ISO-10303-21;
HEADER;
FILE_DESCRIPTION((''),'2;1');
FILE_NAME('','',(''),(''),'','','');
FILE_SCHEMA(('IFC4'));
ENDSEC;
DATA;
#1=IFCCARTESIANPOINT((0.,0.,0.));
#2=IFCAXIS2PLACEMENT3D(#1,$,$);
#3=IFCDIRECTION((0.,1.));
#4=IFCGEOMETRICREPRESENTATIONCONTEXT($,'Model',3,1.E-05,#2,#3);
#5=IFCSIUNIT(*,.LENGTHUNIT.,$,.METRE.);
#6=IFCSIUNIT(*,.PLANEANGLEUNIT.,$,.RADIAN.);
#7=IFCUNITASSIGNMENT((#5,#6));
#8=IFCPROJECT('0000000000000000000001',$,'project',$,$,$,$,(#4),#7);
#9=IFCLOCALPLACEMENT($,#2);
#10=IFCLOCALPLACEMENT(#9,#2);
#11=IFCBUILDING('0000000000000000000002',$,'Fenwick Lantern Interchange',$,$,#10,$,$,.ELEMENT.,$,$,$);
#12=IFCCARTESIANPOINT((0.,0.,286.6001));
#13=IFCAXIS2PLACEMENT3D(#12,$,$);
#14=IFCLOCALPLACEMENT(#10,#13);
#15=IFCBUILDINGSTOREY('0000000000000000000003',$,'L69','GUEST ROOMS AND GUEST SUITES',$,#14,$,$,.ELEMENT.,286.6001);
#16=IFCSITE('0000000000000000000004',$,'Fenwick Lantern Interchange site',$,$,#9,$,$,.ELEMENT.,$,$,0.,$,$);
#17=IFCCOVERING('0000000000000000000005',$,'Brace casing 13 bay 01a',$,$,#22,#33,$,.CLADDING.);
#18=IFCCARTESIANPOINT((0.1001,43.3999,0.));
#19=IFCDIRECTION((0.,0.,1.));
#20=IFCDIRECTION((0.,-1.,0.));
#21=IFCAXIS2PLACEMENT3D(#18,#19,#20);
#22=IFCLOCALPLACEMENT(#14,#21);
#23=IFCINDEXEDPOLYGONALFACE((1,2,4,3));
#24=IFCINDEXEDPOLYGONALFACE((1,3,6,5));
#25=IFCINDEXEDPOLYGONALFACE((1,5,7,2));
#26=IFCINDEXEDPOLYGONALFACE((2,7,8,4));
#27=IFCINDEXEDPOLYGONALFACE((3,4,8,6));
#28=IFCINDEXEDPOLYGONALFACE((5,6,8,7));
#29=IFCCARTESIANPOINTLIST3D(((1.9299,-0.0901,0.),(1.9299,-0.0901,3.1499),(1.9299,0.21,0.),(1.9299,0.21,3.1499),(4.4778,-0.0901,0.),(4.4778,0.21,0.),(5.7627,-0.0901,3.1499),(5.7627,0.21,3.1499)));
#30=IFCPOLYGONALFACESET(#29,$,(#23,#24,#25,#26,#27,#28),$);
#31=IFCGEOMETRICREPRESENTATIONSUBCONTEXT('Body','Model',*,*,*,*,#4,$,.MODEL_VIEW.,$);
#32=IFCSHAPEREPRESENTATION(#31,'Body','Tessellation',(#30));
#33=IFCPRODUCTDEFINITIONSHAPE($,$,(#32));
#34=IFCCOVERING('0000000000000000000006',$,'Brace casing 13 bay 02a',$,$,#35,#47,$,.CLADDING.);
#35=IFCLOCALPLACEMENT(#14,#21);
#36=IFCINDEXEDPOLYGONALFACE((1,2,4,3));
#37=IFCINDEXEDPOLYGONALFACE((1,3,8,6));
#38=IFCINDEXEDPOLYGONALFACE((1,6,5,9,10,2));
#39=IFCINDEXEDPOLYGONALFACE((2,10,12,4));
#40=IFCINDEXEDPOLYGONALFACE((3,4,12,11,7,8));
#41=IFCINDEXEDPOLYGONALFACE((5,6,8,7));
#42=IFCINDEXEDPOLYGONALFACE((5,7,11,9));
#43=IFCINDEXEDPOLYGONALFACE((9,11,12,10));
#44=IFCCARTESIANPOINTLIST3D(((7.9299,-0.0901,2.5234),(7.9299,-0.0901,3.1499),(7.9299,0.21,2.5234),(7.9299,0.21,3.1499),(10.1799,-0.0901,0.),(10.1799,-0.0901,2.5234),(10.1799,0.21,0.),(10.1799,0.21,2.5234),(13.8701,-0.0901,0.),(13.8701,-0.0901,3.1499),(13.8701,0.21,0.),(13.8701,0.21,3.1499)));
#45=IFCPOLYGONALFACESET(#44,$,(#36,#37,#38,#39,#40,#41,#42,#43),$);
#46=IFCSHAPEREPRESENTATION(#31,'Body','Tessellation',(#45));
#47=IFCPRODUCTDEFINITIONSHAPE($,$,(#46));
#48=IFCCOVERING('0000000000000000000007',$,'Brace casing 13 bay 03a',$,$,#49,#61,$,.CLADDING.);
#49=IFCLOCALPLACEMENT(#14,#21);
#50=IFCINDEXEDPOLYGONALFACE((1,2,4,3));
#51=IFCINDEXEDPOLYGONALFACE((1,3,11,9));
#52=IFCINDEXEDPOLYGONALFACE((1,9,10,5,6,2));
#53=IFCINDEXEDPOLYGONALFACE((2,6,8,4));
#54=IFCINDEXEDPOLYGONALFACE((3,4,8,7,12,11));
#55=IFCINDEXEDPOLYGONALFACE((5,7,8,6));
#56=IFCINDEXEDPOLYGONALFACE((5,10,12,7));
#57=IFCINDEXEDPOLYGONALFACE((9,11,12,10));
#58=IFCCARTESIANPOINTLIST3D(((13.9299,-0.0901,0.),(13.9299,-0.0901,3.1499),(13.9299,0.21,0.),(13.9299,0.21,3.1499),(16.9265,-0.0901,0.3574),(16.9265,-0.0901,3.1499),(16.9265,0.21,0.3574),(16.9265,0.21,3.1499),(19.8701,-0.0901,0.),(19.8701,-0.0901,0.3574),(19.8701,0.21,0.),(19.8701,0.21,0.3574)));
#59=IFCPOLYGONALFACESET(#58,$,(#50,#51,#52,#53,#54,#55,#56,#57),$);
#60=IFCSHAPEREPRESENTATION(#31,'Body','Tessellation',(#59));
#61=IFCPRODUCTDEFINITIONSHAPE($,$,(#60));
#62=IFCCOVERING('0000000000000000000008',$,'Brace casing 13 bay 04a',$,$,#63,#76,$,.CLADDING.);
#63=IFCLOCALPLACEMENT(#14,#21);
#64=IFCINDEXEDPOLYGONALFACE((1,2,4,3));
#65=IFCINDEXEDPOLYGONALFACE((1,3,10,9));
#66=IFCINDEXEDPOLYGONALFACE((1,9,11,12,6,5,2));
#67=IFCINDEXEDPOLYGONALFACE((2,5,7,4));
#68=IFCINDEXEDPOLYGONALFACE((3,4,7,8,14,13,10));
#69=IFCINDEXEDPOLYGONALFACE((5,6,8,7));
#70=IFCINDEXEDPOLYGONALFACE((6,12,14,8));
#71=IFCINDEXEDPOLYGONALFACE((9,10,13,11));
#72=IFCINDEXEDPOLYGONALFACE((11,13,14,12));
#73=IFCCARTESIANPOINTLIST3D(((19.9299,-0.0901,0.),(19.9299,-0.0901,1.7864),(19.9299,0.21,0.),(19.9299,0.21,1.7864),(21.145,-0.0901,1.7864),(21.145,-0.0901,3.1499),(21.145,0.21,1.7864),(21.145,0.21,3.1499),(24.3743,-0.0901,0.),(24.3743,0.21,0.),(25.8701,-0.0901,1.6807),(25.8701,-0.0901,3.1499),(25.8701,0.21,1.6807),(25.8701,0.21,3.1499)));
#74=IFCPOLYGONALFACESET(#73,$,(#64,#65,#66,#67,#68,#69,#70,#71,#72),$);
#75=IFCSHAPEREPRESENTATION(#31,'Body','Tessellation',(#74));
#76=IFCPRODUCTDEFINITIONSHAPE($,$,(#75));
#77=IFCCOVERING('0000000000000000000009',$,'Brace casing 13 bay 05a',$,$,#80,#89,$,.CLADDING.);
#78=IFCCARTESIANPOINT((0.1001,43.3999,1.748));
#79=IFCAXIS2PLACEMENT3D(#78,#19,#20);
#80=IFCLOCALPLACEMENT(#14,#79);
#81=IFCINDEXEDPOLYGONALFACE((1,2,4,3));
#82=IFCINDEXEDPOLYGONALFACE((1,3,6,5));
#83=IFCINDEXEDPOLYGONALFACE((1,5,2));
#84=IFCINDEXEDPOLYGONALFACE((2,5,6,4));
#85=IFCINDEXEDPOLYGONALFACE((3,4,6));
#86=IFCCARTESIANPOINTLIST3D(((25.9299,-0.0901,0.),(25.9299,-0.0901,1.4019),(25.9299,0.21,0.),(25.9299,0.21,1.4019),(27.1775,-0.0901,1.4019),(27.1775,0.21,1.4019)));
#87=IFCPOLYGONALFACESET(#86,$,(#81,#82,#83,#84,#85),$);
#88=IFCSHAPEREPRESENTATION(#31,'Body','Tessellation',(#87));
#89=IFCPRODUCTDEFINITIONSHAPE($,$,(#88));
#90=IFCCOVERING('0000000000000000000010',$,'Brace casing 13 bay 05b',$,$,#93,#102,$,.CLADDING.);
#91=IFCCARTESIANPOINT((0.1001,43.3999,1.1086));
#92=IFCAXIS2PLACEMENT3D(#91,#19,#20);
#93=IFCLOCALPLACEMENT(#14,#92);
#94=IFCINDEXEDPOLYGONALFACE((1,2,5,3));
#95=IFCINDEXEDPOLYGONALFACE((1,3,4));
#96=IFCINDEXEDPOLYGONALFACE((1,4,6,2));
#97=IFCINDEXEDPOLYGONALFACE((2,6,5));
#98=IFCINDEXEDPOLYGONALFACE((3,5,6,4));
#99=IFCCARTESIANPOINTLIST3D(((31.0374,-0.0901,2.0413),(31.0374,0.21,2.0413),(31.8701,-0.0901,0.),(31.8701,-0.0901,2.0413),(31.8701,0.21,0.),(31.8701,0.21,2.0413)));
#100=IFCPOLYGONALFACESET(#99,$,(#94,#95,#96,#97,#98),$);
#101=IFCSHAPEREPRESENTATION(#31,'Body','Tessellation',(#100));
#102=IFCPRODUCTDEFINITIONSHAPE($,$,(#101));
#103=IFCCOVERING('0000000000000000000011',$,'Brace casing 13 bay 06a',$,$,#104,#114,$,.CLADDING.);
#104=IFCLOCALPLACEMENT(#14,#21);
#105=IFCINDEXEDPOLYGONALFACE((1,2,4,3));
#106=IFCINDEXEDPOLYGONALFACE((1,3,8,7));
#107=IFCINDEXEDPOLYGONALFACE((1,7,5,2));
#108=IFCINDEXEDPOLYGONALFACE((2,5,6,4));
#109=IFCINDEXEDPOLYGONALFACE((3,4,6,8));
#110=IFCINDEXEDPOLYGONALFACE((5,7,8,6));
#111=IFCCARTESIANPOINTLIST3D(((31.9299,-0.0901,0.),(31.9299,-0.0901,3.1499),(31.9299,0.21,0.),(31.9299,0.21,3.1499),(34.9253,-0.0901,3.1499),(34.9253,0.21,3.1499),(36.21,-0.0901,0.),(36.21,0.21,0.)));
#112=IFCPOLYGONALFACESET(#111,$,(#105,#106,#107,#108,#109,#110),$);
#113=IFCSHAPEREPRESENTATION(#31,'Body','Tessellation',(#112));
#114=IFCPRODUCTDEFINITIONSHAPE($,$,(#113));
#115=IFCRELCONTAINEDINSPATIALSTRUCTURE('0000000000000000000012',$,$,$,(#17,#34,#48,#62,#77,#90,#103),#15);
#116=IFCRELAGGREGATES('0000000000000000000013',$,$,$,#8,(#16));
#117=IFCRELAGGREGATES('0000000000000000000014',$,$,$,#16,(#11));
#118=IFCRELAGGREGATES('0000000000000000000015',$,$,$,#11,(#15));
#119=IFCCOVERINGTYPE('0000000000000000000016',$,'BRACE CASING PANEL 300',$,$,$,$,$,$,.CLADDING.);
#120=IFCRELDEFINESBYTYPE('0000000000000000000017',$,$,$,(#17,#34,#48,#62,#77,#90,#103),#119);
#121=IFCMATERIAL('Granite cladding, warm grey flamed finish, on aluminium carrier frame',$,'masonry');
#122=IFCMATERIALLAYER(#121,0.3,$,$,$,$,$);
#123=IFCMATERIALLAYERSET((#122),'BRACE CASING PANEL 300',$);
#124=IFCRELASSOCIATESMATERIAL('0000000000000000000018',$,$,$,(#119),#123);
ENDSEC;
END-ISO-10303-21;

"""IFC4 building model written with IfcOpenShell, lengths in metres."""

from ifc_helpers import new_model, si_unit, direction, frame, origin, place, context, subcontext, project, spatial, polyline, outline, extrude, material, layer, layer_set, type_object, element, save


model = new_model("IFC4")

# Units and contexts
model_context = context("Model", 3, precision=1e-05, world=origin(), true_north=direction((0.0, 1.0)))
body_context = subcontext(model_context, "Body", "Model", "MODEL_VIEW")
ifc_project = project(units=[si_unit("LENGTHUNIT", "METRE"), si_unit("PLANEANGLEUNIT", "RADIAN")], contexts=[model_context])

# Site, building, storey
site_placement = place(None, origin())
site = spatial("IfcSite", under=ifc_project, at=site_placement, Name="Fenwick Lantern Interchange site", CompositionType="ELEMENT", RefElevation=0.0)
building_placement = place(site_placement, origin())
building = spatial("IfcBuilding", under=site, at=building_placement, Name="Fenwick Lantern Interchange", CompositionType="ELEMENT")
storey_placement = place(building_placement, frame((0.0, 0.0, 286.6001)))
storey = spatial("IfcBuildingStorey", under=building, at=storey_placement, Name="L69", Description="GUEST ROOMS AND GUEST SUITES", CompositionType="ELEMENT", Elevation=286.6001)

# Coverings
ifc_material_1 = material(Name="Granite cladding, warm grey flamed finish, on aluminium carrier frame", Category="masonry")
ifc_layer_1 = layer(ifc_material_1, 0.3)
ifc_layer_set_1 = layer_set([ifc_layer_1], Name="BRACE CASING PANEL 300")
covering_type = type_object("IfcCoveringType", Name="BRACE CASING PANEL 300", PredefinedType="CLADDING", material=ifc_layer_set_1)
covering_1_placement = place(storey_placement, frame((0.1001, 43.3999, 0.0), z_axis=(0.0, 0.0, 1.0), x_axis=(0.0, -1.0, 0.0)))
element("IfcCovering", 1, at=covering_1_placement, inside=storey, type_object=covering_type, Name="Brace casing 13 bay 01a", PredefinedType="CLADDING", context=body_context, shape_type="SweptSolid", body=[
    extrude(outline(polyline([(1.9299, 0.0), (4.4778, 0.0), (5.7627, 3.1499), (1.9299, 3.1499), (1.9299, 0.0)])), frame((0.0, 0.21, 0.0), z_axis=(0.0, -1.0, 0.0), x_axis=(1.0, 0.0, 0.0)), (0.0, 0.0, 1.0), 0.3),
])
covering_2_placement = place(storey_placement, frame((0.1001, 43.3999, 0.0), z_axis=(0.0, 0.0, 1.0), x_axis=(0.0, -1.0, 0.0)))
element("IfcCovering", 2, at=covering_2_placement, inside=storey, type_object=covering_type, Name="Brace casing 13 bay 02a", PredefinedType="CLADDING", context=body_context, shape_type="SweptSolid", body=[
    extrude(outline(polyline([(10.1799, 0.0), (13.8701, 0.0), (13.8701, 3.1499), (7.9299, 3.1499), (7.9299, 2.5234), (10.1799, 2.5234), (10.1799, 0.0)])), frame((0.0, 0.21, 0.0), z_axis=(0.0, -1.0, 0.0), x_axis=(1.0, 0.0, 0.0)), (0.0, 0.0, 1.0), 0.3),
])
covering_3_placement = place(storey_placement, frame((0.1001, 43.3999, 0.0), z_axis=(0.0, 0.0, 1.0), x_axis=(0.0, -1.0, 0.0)))
element("IfcCovering", 3, at=covering_3_placement, inside=storey, type_object=covering_type, Name="Brace casing 13 bay 03a", PredefinedType="CLADDING", context=body_context, shape_type="SweptSolid", body=[
    extrude(outline(polyline([(13.9299, 0.0), (19.8701, 0.0), (19.8701, 0.3574), (16.9265, 0.3574), (16.9265, 3.1499), (13.9299, 3.1499), (13.9299, 0.0)])), frame((0.0, 0.21, 0.0), z_axis=(0.0, -1.0, 0.0), x_axis=(1.0, 0.0, 0.0)), (0.0, 0.0, 1.0), 0.3),
])
covering_4_placement = place(storey_placement, frame((0.1001, 43.3999, 0.0), z_axis=(0.0, 0.0, 1.0), x_axis=(0.0, -1.0, 0.0)))
element("IfcCovering", 4, at=covering_4_placement, inside=storey, type_object=covering_type, Name="Brace casing 13 bay 04a", PredefinedType="CLADDING", context=body_context, shape_type="SweptSolid", body=[
    extrude(outline(polyline([(19.9299, 0.0), (24.3743, 0.0), (25.8701, 1.6807), (25.8701, 3.1499), (21.145, 3.1499), (21.145, 1.7864), (19.9299, 1.7864), (19.9299, 0.0)])), frame((0.0, 0.21, 0.0), z_axis=(0.0, -1.0, 0.0), x_axis=(1.0, 0.0, 0.0)), (0.0, 0.0, 1.0), 0.3),
])
covering_5_placement = place(storey_placement, frame((0.1001, 43.3999, 1.748), z_axis=(0.0, 0.0, 1.0), x_axis=(0.0, -1.0, 0.0)))
element("IfcCovering", 5, at=covering_5_placement, inside=storey, type_object=covering_type, Name="Brace casing 13 bay 05a", PredefinedType="CLADDING", context=body_context, shape_type="SweptSolid", body=[
    extrude(outline(polyline([(25.9299, 0.0), (27.1775, 1.4019), (25.9299, 1.4019), (25.9299, 0.0)])), frame((0.0, 0.21, 0.0), z_axis=(0.0, -1.0, 0.0), x_axis=(1.0, 0.0, 0.0)), (0.0, 0.0, 1.0), 0.3),
])
covering_6_placement = place(storey_placement, frame((0.1001, 43.3999, 1.1086), z_axis=(0.0, 0.0, 1.0), x_axis=(0.0, -1.0, 0.0)))
element("IfcCovering", 6, at=covering_6_placement, inside=storey, type_object=covering_type, Name="Brace casing 13 bay 05b", PredefinedType="CLADDING", context=body_context, shape_type="SweptSolid", body=[
    extrude(outline(polyline([(31.8701, 0.0), (31.8701, 2.0413), (31.0374, 2.0413), (31.8701, 0.0)])), frame((0.0, 0.21, 0.0), z_axis=(0.0, -1.0, 0.0), x_axis=(1.0, 0.0, 0.0)), (0.0, 0.0, 1.0), 0.3),
])
covering_7_placement = place(storey_placement, frame((0.1001, 43.3999, 0.0), z_axis=(0.0, 0.0, 1.0), x_axis=(0.0, -1.0, 0.0)))
element("IfcCovering", 7, at=covering_7_placement, inside=storey, type_object=covering_type, Name="Brace casing 13 bay 06a", PredefinedType="CLADDING", context=body_context, shape_type="SweptSolid", body=[
    extrude(outline(polyline([(31.9299, 0.0), (36.21, 0.0), (34.9253, 3.1499), (31.9299, 3.1499), (31.9299, 0.0)])), frame((0.0, 0.21, 0.0), z_axis=(0.0, -1.0, 0.0), x_axis=(1.0, 0.0, 0.0)), (0.0, 0.0, 1.0), 0.3),
])

save(model, "model.ifc")
